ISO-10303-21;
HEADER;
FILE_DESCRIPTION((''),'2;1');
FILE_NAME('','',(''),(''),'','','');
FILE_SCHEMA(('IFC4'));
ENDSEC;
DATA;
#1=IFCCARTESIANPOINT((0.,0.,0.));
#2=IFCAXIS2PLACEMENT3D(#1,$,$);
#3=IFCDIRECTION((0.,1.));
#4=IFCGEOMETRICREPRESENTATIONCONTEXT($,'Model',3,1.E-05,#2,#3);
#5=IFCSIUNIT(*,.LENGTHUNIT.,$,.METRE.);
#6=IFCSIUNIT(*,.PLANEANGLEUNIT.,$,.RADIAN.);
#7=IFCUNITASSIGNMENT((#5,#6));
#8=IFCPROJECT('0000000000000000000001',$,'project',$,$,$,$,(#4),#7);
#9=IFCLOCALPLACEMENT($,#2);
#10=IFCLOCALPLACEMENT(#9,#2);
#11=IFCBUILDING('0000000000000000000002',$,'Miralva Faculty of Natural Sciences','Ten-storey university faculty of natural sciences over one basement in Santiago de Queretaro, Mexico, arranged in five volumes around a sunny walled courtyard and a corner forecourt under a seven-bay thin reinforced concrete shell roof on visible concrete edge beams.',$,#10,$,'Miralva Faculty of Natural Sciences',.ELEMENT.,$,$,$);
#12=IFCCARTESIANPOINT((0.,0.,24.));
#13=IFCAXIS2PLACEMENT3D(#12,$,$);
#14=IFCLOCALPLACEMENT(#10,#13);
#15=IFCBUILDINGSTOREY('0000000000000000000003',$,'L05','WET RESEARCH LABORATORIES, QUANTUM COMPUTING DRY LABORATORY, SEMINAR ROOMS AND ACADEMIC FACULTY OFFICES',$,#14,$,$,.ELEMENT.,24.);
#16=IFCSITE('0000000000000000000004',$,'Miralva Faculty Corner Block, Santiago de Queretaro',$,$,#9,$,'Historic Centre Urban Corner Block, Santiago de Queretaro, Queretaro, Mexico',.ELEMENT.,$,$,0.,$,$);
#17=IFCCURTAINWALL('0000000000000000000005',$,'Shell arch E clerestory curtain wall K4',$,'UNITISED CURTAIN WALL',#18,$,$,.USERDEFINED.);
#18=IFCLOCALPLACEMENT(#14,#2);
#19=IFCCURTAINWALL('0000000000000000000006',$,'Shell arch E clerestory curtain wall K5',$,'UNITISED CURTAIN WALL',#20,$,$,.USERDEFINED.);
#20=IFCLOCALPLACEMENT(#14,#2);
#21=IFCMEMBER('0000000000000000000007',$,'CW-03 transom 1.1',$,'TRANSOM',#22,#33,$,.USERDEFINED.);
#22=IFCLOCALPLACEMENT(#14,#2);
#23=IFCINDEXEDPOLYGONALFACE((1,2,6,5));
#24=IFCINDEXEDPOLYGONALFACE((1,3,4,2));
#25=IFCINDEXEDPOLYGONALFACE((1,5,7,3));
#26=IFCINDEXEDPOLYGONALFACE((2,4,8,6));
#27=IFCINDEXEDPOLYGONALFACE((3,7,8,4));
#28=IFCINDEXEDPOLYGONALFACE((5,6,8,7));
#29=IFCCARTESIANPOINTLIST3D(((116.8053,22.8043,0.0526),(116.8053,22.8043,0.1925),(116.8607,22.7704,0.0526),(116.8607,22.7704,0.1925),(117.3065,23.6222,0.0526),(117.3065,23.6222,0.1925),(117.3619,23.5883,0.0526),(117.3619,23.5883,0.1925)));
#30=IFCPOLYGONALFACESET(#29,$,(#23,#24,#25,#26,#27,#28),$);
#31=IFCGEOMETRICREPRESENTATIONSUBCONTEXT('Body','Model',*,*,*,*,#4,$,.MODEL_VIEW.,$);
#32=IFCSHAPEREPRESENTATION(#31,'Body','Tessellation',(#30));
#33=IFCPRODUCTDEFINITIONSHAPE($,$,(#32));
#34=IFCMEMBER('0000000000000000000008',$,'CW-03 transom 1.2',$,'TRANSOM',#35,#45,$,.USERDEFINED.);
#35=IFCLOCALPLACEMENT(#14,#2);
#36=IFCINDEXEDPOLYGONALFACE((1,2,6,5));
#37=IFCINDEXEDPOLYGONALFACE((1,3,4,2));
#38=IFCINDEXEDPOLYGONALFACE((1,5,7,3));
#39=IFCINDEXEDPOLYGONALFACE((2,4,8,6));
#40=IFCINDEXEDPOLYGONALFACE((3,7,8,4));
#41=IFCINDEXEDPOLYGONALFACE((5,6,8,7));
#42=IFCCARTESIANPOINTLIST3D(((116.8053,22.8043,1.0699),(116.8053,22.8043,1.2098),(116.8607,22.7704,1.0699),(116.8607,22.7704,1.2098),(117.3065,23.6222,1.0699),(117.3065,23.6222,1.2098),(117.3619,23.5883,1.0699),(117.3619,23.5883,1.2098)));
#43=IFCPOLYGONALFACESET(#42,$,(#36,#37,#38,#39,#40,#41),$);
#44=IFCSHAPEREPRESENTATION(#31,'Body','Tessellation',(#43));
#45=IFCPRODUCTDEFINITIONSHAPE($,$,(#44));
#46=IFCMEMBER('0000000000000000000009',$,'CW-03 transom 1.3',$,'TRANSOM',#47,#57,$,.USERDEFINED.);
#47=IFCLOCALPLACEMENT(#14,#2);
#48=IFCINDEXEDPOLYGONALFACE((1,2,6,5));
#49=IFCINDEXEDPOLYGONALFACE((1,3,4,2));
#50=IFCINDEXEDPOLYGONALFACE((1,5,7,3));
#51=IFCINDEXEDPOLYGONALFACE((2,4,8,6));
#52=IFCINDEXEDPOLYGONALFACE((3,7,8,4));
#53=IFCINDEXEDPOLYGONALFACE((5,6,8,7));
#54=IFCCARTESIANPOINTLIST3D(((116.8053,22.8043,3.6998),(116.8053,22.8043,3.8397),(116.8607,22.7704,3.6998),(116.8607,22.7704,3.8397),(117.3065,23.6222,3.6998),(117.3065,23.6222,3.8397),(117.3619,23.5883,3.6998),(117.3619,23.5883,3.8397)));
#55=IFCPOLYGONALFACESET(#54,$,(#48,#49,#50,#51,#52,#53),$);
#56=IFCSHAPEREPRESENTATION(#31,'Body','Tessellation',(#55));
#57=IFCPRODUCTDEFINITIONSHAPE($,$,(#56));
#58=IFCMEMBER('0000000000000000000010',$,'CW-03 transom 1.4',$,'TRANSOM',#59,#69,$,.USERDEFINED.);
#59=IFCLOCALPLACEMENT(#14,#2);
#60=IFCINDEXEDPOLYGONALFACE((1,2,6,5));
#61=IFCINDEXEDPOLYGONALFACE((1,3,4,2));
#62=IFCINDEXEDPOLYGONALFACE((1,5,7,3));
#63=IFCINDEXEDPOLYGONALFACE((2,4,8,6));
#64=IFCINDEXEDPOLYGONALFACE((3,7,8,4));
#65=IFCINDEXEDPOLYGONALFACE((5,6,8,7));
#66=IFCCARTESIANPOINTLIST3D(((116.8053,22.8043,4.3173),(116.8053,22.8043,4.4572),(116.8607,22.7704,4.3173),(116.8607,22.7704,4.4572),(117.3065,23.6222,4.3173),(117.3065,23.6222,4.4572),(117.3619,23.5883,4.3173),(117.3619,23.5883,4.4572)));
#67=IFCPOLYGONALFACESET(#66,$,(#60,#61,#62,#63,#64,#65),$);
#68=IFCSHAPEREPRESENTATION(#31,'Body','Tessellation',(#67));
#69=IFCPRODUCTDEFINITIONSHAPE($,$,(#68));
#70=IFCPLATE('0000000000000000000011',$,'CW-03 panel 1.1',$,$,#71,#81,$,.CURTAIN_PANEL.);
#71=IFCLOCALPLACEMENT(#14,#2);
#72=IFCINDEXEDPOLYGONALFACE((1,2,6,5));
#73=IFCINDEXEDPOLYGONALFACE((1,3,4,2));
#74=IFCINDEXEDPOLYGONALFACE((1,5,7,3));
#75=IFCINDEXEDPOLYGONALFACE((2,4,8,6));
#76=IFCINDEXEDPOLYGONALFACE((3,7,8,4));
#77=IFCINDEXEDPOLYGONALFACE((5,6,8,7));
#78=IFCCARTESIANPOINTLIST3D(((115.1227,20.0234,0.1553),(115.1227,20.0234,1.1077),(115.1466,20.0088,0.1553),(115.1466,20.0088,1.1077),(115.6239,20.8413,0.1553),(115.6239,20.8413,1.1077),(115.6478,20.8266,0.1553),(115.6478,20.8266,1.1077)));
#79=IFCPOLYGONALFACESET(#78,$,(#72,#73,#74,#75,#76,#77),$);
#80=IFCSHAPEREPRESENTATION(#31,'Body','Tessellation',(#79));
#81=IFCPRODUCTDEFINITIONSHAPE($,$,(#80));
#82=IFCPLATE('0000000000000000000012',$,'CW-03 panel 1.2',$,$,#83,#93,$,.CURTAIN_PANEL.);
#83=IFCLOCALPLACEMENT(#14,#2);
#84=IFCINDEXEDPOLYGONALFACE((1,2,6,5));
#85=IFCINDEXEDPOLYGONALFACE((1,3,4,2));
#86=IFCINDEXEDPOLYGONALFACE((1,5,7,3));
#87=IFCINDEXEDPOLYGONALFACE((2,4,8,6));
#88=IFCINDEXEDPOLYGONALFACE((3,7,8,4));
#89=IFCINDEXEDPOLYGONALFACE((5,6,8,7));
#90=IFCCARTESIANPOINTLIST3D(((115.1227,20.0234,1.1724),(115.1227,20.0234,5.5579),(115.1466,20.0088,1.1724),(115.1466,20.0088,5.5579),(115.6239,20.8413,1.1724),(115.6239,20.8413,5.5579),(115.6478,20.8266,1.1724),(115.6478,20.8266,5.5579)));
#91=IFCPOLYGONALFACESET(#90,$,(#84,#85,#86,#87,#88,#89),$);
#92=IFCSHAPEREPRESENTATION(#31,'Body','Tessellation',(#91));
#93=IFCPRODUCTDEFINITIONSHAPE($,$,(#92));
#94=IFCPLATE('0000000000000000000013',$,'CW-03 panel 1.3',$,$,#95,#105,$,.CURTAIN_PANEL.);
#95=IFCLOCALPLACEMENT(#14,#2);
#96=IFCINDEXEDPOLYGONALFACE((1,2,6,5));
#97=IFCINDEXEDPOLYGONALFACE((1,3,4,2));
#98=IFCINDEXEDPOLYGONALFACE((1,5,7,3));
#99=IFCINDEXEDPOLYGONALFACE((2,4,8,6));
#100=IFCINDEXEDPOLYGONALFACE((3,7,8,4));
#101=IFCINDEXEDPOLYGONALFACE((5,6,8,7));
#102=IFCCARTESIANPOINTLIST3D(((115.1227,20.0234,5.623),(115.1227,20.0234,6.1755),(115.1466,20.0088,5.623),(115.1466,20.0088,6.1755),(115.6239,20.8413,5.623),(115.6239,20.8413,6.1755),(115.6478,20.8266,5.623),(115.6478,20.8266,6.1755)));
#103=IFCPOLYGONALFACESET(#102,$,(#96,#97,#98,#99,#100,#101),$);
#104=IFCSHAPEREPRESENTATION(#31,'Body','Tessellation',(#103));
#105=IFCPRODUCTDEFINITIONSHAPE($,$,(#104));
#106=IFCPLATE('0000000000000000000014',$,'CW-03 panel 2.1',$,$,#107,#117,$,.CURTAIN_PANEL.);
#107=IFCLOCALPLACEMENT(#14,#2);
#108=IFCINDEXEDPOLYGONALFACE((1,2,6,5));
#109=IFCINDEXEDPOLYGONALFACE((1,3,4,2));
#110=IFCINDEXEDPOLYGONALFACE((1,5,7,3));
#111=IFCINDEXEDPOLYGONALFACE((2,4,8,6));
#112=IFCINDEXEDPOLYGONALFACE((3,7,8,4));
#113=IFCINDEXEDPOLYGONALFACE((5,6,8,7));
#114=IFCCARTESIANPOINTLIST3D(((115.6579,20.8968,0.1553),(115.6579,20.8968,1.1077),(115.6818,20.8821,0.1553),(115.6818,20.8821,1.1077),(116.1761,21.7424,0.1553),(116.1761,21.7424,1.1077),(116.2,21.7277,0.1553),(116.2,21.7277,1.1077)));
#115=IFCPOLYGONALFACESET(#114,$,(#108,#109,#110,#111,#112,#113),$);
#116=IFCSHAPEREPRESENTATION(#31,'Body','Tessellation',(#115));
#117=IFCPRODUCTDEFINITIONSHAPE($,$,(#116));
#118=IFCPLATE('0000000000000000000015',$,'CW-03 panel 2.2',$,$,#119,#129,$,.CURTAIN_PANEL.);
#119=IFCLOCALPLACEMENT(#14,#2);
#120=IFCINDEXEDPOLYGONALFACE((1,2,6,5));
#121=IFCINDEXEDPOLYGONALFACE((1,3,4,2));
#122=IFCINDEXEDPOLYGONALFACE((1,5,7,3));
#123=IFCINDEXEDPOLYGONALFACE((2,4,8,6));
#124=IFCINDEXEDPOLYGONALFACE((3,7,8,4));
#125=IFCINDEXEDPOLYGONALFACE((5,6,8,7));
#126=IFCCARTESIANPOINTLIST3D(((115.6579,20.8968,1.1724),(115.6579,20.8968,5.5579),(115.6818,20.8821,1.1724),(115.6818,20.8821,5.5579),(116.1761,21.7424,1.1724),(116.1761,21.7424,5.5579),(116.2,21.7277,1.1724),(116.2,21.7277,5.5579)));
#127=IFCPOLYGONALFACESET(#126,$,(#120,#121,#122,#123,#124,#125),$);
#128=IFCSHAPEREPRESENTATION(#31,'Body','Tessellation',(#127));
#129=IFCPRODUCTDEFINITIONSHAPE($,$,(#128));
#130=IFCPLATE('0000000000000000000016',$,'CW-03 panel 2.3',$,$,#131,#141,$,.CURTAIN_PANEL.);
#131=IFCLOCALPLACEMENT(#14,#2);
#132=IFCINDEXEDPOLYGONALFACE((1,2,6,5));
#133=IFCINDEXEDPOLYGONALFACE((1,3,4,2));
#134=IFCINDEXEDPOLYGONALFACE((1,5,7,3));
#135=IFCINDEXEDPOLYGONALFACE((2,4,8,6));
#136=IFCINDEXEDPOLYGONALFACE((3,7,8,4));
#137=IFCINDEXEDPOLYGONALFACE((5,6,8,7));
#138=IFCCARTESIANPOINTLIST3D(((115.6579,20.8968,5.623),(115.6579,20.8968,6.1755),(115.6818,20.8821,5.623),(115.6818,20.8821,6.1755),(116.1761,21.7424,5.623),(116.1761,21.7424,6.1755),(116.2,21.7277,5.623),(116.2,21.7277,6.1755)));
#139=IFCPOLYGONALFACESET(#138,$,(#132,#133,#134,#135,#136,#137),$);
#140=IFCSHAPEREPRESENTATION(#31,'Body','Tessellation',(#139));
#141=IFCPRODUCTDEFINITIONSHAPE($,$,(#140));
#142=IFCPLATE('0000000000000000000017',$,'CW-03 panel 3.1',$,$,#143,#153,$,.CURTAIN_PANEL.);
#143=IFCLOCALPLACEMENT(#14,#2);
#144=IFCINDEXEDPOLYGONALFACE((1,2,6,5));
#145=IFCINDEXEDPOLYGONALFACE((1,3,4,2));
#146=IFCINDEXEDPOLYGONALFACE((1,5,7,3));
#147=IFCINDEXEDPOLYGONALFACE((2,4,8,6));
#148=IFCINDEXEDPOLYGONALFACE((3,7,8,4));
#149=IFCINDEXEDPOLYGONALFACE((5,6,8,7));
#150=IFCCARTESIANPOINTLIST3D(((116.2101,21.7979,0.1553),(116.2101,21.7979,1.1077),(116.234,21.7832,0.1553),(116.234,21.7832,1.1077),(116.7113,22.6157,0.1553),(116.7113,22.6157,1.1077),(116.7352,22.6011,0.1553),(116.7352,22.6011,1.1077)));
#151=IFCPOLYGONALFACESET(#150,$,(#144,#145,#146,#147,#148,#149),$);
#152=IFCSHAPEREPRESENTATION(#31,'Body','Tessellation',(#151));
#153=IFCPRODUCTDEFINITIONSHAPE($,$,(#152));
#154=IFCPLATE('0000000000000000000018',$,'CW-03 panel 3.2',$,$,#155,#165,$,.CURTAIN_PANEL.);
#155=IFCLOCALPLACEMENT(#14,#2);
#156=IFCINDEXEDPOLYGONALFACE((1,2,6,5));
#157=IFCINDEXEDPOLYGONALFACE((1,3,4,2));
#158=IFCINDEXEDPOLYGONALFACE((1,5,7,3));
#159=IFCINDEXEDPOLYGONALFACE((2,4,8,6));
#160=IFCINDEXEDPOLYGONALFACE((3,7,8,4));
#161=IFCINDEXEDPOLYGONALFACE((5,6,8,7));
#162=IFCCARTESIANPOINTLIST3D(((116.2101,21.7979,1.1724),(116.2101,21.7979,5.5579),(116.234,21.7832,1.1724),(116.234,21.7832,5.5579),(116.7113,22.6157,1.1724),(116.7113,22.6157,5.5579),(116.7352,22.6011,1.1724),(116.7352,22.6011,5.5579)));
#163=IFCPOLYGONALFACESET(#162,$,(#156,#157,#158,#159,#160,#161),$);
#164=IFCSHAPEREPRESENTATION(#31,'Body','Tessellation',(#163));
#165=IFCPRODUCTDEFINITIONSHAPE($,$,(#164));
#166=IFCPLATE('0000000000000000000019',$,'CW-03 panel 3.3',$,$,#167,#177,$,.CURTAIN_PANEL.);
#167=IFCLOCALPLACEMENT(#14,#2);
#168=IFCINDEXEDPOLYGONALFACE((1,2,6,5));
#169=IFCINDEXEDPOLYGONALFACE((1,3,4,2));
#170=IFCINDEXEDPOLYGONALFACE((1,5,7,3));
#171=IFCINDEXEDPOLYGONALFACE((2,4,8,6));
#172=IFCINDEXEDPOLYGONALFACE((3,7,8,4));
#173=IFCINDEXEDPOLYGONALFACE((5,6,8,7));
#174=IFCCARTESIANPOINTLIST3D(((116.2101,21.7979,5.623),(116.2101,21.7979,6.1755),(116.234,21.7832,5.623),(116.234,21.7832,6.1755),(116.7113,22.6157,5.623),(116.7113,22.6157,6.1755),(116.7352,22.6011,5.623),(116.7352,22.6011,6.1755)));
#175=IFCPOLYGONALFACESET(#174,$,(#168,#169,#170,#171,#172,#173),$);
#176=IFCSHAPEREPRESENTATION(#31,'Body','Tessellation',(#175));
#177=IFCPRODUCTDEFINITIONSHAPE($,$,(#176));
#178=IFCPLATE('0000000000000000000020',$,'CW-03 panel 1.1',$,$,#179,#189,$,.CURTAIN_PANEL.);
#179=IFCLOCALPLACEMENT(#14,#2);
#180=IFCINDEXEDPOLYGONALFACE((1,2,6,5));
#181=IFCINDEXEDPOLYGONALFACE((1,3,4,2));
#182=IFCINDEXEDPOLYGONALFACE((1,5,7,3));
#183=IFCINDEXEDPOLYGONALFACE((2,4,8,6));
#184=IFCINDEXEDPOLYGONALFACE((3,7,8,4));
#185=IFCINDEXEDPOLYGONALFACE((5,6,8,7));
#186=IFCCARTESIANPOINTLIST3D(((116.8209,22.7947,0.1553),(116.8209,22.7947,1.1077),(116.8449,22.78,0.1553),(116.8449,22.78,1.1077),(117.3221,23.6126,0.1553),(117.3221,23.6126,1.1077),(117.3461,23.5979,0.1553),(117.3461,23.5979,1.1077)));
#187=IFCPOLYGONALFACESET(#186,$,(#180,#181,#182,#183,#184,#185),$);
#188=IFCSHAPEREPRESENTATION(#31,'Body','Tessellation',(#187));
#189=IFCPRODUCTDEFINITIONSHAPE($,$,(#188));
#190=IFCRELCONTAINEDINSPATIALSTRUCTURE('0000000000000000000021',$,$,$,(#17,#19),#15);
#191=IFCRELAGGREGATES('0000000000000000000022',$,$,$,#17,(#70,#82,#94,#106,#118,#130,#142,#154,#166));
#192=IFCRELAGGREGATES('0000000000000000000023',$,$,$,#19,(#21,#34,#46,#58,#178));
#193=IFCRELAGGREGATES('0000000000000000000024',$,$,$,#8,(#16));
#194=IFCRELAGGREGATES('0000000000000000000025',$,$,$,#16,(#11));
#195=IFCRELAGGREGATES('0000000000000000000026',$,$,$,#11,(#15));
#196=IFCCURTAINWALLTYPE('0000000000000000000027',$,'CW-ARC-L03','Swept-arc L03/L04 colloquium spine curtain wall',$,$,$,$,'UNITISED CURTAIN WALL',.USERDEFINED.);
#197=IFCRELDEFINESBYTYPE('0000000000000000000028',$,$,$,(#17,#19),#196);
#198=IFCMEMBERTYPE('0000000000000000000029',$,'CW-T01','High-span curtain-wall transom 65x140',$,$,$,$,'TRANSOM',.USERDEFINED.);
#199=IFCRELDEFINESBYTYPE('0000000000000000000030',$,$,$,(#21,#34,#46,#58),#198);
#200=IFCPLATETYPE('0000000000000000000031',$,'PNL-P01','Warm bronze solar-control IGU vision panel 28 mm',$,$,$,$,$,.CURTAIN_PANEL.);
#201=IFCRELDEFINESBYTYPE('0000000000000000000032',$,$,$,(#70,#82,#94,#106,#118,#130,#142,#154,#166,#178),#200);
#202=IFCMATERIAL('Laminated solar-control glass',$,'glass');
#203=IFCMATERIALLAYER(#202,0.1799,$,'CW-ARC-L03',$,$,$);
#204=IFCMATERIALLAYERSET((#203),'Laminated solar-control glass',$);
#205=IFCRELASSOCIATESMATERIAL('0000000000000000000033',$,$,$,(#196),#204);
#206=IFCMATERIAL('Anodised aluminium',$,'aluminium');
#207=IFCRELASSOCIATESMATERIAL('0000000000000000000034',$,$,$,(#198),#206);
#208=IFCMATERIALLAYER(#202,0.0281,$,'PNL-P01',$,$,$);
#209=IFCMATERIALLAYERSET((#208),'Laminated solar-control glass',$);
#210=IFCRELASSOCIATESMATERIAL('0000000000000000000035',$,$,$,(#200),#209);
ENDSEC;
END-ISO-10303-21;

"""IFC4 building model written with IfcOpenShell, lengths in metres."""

from ifc_helpers import new_model, si_unit, direction, frame, origin, origin_2d, place, context, subcontext, project, spatial, rectangle, extrude, material, layer, layer_set, material_profile, profile_set, type_object, element, aggregate, save


model = new_model("IFC4")

# Units and contexts
model_context = context("Model", 3, precision=1e-05, world=origin(), true_north=direction((0.0, 1.0)))
body_context = subcontext(model_context, "Body", "Model", "MODEL_VIEW")
ifc_project = project(units=[si_unit("LENGTHUNIT", "METRE"), si_unit("PLANEANGLEUNIT", "RADIAN")], contexts=[model_context])

# Site, building, storey
site_placement = place(None, origin())
site = spatial("IfcSite", under=ifc_project, at=site_placement, Name="Miralva Faculty Corner Block, Santiago de Queretaro", LongName="Historic Centre Urban Corner Block, Santiago de Queretaro, Queretaro, Mexico", CompositionType="ELEMENT", RefElevation=0.0)
building_placement = place(site_placement, origin())
building = spatial("IfcBuilding", under=site, at=building_placement, Name="Miralva Faculty of Natural Sciences", Description="Ten-storey university faculty of natural sciences over one basement in Santiago de Queretaro, Mexico, arranged in five volumes around a sunny walled courtyard and a corner forecourt under a seven-bay thin reinforced concrete shell roof on visible concrete edge beams.", LongName="Miralva Faculty of Natural Sciences", CompositionType="ELEMENT")
storey_placement = place(building_placement, frame((0.0, 0.0, 24.0)))
storey = spatial("IfcBuildingStorey", under=building, at=storey_placement, Name="L05", Description="WET RESEARCH LABORATORIES, QUANTUM COMPUTING DRY LABORATORY, SEMINAR ROOMS AND ACADEMIC FACULTY OFFICES", CompositionType="ELEMENT", Elevation=24.0)

# Curtain wall
ifc_material_1 = material(Name="Laminated solar-control glass", Category="glass")
ifc_layer_1 = layer(ifc_material_1, 0.1799, Name="CW-ARC-L03")
ifc_layer_set_1 = layer_set([ifc_layer_1], Name="Laminated solar-control glass")
curtain_wall_type = type_object("IfcCurtainWallType", Name="CW-ARC-L03", Description="Swept-arc L03/L04 colloquium spine curtain wall", ElementType="UNITISED CURTAIN WALL", PredefinedType="USERDEFINED", material=ifc_layer_set_1)
curtain_wall_1_placement = place(storey_placement, origin())
curtain_wall_1 = element("IfcCurtainWall", 1, at=curtain_wall_1_placement, inside=storey, type_object=curtain_wall_type, Name="Shell arch E clerestory curtain wall K4", ObjectType="UNITISED CURTAIN WALL", PredefinedType="USERDEFINED")
ifc_material_2 = material(Name="Anodised aluminium", Category="aluminium")

# Curtain wall
curtain_wall_2_placement = place(storey_placement, origin())
curtain_wall_2 = element("IfcCurtainWall", 2, at=curtain_wall_2_placement, inside=storey, type_object=curtain_wall_type, Name="Shell arch E clerestory curtain wall K5", ObjectType="UNITISED CURTAIN WALL", PredefinedType="USERDEFINED")

# Members
ifc_material_profile_1 = material_profile(ifc_material_2, rectangle(XDim=0.0649, YDim=0.1399, at=origin_2d()), Name="TRANSOM 65x140")
ifc_profile_set_1 = profile_set([ifc_material_profile_1], Name="Anodised aluminium")
member_type_1 = type_object("IfcMemberType", Name="CW-T01", Description="High-span curtain-wall transom 65x140", ElementType="TRANSOM", PredefinedType="USERDEFINED", material=ifc_profile_set_1)
member_1_placement = place(storey_placement, frame((116.833, 22.7874, 0.1226), z_axis=(0.52252, 0.852627, 0.0), x_axis=(-0.852627, 0.52252, 0.0)))
member_1 = element("IfcMember", 3, at=member_1_placement, type_object=member_type_1, Name="CW-03 transom 1.1", ObjectType="TRANSOM", PredefinedType="USERDEFINED", context=body_context, shape_type="SweptSolid", body=[
    extrude(rectangle(XDim=0.0649, YDim=0.1399, at=origin_2d()), origin(), (0.0, 0.0, 1.0), 0.9592),
])
member_2_placement = place(storey_placement, frame((116.833, 22.7874, 1.1399), z_axis=(0.52252, 0.852627, 0.0), x_axis=(-0.852627, 0.52252, 0.0)))
member_2 = element("IfcMember", 4, at=member_2_placement, type_object=member_type_1, Name="CW-03 transom 1.2", ObjectType="TRANSOM", PredefinedType="USERDEFINED", context=body_context, shape_type="SweptSolid", body=[
    extrude(rectangle(XDim=0.0649, YDim=0.1399, at=origin_2d()), origin(), (0.0, 0.0, 1.0), 0.9592),
])
member_3_placement = place(storey_placement, frame((116.833, 22.7874, 3.7698), z_axis=(0.52252, 0.852627, 0.0), x_axis=(-0.852627, 0.52252, 0.0)))
member_3 = element("IfcMember", 5, at=member_3_placement, type_object=member_type_1, Name="CW-03 transom 1.3", ObjectType="TRANSOM", PredefinedType="USERDEFINED", context=body_context, shape_type="SweptSolid", body=[
    extrude(rectangle(XDim=0.0649, YDim=0.1399, at=origin_2d()), origin(), (0.0, 0.0, 1.0), 0.9592),
])
member_4_placement = place(storey_placement, frame((116.833, 22.7874, 4.3872), z_axis=(0.52252, 0.852627, 0.0), x_axis=(-0.852627, 0.52252, 0.0)))
member_4 = element("IfcMember", 6, at=member_4_placement, type_object=member_type_1, Name="CW-03 transom 1.4", ObjectType="TRANSOM", PredefinedType="USERDEFINED", context=body_context, shape_type="SweptSolid", body=[
    extrude(rectangle(XDim=0.0649, YDim=0.1399, at=origin_2d()), origin(), (0.0, 0.0, 1.0), 0.9592),
])

# Plates
ifc_layer_2 = layer(ifc_material_1, 0.0281, Name="PNL-P01")
ifc_layer_set_2 = layer_set([ifc_layer_2], Name="Laminated solar-control glass")
plate_type = type_object("IfcPlateType", Name="PNL-P01", Description="Warm bronze solar-control IGU vision panel 28 mm", PredefinedType="CURTAIN_PANEL", material=ifc_layer_set_2)
plate_1_placement = place(storey_placement, frame((115.3853, 20.425, 0.1553), z_axis=(0.0, 0.0, 1.0), x_axis=(0.522512, 0.852632, 0.0)))
plate_1 = element("IfcPlate", 7, at=plate_1_placement, type_object=plate_type, Name="CW-03 panel 1.1", PredefinedType="CURTAIN_PANEL", context=body_context, shape_type="SweptSolid", body=[
    extrude(rectangle(XDim=0.9592, YDim=0.0281, at=origin_2d()), origin(), (0.0, 0.0, 1.0), 0.9524),
])
plate_2_placement = place(storey_placement, frame((115.3853, 20.425, 1.1724), z_axis=(0.0, 0.0, 1.0), x_axis=(0.522512, 0.852632, 0.0)))
plate_2 = element("IfcPlate", 8, at=plate_2_placement, type_object=plate_type, Name="CW-03 panel 1.2", PredefinedType="CURTAIN_PANEL", context=body_context, shape_type="SweptSolid", body=[
    extrude(rectangle(XDim=0.9592, YDim=0.0281, at=origin_2d()), origin(), (0.0, 0.0, 1.0), 4.3855),
])
plate_3_placement = place(storey_placement, frame((115.3853, 20.425, 5.623), z_axis=(0.0, 0.0, 1.0), x_axis=(0.522512, 0.852632, 0.0)))
plate_3 = element("IfcPlate", 9, at=plate_3_placement, type_object=plate_type, Name="CW-03 panel 1.3", PredefinedType="CURTAIN_PANEL", context=body_context, shape_type="SweptSolid", body=[
    extrude(rectangle(XDim=0.9592, YDim=0.0281, at=origin_2d()), origin(), (0.0, 0.0, 1.0), 0.5525),
])
plate_4_placement = place(storey_placement, frame((115.929, 21.3123, 0.1553), z_axis=(0.0, 0.0, 1.0), x_axis=(0.522512, 0.852632, 0.0)))
plate_4 = element("IfcPlate", 10, at=plate_4_placement, type_object=plate_type, Name="CW-03 panel 2.1", PredefinedType="CURTAIN_PANEL", context=body_context, shape_type="SweptSolid", body=[
    extrude(rectangle(XDim=0.9917, YDim=0.0281, at=origin_2d()), origin(), (0.0, 0.0, 1.0), 0.9524),
])
plate_5_placement = place(storey_placement, frame((115.929, 21.3123, 1.1724), z_axis=(0.0, 0.0, 1.0), x_axis=(0.522512, 0.852632, 0.0)))
plate_5 = element("IfcPlate", 11, at=plate_5_placement, type_object=plate_type, Name="CW-03 panel 2.2", PredefinedType="CURTAIN_PANEL", context=body_context, shape_type="SweptSolid", body=[
    extrude(rectangle(XDim=0.9917, YDim=0.0281, at=origin_2d()), origin(), (0.0, 0.0, 1.0), 4.3855),
])
plate_6_placement = place(storey_placement, frame((115.929, 21.3123, 5.623), z_axis=(0.0, 0.0, 1.0), x_axis=(0.522512, 0.852632, 0.0)))
plate_6 = element("IfcPlate", 12, at=plate_6_placement, type_object=plate_type, Name="CW-03 panel 2.3", PredefinedType="CURTAIN_PANEL", context=body_context, shape_type="SweptSolid", body=[
    extrude(rectangle(XDim=0.9917, YDim=0.0281, at=origin_2d()), origin(), (0.0, 0.0, 1.0), 0.5525),
])
plate_7_placement = place(storey_placement, frame((116.4727, 22.1995, 0.1553), z_axis=(0.0, 0.0, 1.0), x_axis=(0.522512, 0.852632, 0.0)))
plate_7 = element("IfcPlate", 13, at=plate_7_placement, type_object=plate_type, Name="CW-03 panel 3.1", PredefinedType="CURTAIN_PANEL", context=body_context, shape_type="SweptSolid", body=[
    extrude(rectangle(XDim=0.9592, YDim=0.0281, at=origin_2d()), origin(), (0.0, 0.0, 1.0), 0.9524),
])
plate_8_placement = place(storey_placement, frame((116.4727, 22.1995, 1.1724), z_axis=(0.0, 0.0, 1.0), x_axis=(0.522512, 0.852632, 0.0)))
plate_8 = element("IfcPlate", 14, at=plate_8_placement, type_object=plate_type, Name="CW-03 panel 3.2", PredefinedType="CURTAIN_PANEL", context=body_context, shape_type="SweptSolid", body=[
    extrude(rectangle(XDim=0.9592, YDim=0.0281, at=origin_2d()), origin(), (0.0, 0.0, 1.0), 4.3855),
])
plate_9_placement = place(storey_placement, frame((116.4727, 22.1995, 5.623), z_axis=(0.0, 0.0, 1.0), x_axis=(0.522512, 0.852632, 0.0)))
plate_9 = element("IfcPlate", 15, at=plate_9_placement, type_object=plate_type, Name="CW-03 panel 3.3", PredefinedType="CURTAIN_PANEL", context=body_context, shape_type="SweptSolid", body=[
    extrude(rectangle(XDim=0.9592, YDim=0.0281, at=origin_2d()), origin(), (0.0, 0.0, 1.0), 0.5525),
])
aggregate(curtain_wall_1, [plate_1, plate_2, plate_3, plate_4, plate_5, plate_6, plate_7, plate_8, plate_9])
plate_10_placement = place(storey_placement, frame((117.0835, 23.1963, 0.1553), z_axis=(0.0, 0.0, 1.0), x_axis=(0.52249, 0.852646, 0.0)))
plate_10 = element("IfcPlate", 16, at=plate_10_placement, type_object=plate_type, Name="CW-03 panel 1.1", PredefinedType="CURTAIN_PANEL", context=body_context, shape_type="SweptSolid", body=[
    extrude(rectangle(XDim=0.9592, YDim=0.0281, at=origin_2d()), origin(), (0.0, 0.0, 1.0), 0.9524),
])
aggregate(curtain_wall_2, [member_1, member_2, member_3, member_4, plate_10])

save(model, "model.ifc")
